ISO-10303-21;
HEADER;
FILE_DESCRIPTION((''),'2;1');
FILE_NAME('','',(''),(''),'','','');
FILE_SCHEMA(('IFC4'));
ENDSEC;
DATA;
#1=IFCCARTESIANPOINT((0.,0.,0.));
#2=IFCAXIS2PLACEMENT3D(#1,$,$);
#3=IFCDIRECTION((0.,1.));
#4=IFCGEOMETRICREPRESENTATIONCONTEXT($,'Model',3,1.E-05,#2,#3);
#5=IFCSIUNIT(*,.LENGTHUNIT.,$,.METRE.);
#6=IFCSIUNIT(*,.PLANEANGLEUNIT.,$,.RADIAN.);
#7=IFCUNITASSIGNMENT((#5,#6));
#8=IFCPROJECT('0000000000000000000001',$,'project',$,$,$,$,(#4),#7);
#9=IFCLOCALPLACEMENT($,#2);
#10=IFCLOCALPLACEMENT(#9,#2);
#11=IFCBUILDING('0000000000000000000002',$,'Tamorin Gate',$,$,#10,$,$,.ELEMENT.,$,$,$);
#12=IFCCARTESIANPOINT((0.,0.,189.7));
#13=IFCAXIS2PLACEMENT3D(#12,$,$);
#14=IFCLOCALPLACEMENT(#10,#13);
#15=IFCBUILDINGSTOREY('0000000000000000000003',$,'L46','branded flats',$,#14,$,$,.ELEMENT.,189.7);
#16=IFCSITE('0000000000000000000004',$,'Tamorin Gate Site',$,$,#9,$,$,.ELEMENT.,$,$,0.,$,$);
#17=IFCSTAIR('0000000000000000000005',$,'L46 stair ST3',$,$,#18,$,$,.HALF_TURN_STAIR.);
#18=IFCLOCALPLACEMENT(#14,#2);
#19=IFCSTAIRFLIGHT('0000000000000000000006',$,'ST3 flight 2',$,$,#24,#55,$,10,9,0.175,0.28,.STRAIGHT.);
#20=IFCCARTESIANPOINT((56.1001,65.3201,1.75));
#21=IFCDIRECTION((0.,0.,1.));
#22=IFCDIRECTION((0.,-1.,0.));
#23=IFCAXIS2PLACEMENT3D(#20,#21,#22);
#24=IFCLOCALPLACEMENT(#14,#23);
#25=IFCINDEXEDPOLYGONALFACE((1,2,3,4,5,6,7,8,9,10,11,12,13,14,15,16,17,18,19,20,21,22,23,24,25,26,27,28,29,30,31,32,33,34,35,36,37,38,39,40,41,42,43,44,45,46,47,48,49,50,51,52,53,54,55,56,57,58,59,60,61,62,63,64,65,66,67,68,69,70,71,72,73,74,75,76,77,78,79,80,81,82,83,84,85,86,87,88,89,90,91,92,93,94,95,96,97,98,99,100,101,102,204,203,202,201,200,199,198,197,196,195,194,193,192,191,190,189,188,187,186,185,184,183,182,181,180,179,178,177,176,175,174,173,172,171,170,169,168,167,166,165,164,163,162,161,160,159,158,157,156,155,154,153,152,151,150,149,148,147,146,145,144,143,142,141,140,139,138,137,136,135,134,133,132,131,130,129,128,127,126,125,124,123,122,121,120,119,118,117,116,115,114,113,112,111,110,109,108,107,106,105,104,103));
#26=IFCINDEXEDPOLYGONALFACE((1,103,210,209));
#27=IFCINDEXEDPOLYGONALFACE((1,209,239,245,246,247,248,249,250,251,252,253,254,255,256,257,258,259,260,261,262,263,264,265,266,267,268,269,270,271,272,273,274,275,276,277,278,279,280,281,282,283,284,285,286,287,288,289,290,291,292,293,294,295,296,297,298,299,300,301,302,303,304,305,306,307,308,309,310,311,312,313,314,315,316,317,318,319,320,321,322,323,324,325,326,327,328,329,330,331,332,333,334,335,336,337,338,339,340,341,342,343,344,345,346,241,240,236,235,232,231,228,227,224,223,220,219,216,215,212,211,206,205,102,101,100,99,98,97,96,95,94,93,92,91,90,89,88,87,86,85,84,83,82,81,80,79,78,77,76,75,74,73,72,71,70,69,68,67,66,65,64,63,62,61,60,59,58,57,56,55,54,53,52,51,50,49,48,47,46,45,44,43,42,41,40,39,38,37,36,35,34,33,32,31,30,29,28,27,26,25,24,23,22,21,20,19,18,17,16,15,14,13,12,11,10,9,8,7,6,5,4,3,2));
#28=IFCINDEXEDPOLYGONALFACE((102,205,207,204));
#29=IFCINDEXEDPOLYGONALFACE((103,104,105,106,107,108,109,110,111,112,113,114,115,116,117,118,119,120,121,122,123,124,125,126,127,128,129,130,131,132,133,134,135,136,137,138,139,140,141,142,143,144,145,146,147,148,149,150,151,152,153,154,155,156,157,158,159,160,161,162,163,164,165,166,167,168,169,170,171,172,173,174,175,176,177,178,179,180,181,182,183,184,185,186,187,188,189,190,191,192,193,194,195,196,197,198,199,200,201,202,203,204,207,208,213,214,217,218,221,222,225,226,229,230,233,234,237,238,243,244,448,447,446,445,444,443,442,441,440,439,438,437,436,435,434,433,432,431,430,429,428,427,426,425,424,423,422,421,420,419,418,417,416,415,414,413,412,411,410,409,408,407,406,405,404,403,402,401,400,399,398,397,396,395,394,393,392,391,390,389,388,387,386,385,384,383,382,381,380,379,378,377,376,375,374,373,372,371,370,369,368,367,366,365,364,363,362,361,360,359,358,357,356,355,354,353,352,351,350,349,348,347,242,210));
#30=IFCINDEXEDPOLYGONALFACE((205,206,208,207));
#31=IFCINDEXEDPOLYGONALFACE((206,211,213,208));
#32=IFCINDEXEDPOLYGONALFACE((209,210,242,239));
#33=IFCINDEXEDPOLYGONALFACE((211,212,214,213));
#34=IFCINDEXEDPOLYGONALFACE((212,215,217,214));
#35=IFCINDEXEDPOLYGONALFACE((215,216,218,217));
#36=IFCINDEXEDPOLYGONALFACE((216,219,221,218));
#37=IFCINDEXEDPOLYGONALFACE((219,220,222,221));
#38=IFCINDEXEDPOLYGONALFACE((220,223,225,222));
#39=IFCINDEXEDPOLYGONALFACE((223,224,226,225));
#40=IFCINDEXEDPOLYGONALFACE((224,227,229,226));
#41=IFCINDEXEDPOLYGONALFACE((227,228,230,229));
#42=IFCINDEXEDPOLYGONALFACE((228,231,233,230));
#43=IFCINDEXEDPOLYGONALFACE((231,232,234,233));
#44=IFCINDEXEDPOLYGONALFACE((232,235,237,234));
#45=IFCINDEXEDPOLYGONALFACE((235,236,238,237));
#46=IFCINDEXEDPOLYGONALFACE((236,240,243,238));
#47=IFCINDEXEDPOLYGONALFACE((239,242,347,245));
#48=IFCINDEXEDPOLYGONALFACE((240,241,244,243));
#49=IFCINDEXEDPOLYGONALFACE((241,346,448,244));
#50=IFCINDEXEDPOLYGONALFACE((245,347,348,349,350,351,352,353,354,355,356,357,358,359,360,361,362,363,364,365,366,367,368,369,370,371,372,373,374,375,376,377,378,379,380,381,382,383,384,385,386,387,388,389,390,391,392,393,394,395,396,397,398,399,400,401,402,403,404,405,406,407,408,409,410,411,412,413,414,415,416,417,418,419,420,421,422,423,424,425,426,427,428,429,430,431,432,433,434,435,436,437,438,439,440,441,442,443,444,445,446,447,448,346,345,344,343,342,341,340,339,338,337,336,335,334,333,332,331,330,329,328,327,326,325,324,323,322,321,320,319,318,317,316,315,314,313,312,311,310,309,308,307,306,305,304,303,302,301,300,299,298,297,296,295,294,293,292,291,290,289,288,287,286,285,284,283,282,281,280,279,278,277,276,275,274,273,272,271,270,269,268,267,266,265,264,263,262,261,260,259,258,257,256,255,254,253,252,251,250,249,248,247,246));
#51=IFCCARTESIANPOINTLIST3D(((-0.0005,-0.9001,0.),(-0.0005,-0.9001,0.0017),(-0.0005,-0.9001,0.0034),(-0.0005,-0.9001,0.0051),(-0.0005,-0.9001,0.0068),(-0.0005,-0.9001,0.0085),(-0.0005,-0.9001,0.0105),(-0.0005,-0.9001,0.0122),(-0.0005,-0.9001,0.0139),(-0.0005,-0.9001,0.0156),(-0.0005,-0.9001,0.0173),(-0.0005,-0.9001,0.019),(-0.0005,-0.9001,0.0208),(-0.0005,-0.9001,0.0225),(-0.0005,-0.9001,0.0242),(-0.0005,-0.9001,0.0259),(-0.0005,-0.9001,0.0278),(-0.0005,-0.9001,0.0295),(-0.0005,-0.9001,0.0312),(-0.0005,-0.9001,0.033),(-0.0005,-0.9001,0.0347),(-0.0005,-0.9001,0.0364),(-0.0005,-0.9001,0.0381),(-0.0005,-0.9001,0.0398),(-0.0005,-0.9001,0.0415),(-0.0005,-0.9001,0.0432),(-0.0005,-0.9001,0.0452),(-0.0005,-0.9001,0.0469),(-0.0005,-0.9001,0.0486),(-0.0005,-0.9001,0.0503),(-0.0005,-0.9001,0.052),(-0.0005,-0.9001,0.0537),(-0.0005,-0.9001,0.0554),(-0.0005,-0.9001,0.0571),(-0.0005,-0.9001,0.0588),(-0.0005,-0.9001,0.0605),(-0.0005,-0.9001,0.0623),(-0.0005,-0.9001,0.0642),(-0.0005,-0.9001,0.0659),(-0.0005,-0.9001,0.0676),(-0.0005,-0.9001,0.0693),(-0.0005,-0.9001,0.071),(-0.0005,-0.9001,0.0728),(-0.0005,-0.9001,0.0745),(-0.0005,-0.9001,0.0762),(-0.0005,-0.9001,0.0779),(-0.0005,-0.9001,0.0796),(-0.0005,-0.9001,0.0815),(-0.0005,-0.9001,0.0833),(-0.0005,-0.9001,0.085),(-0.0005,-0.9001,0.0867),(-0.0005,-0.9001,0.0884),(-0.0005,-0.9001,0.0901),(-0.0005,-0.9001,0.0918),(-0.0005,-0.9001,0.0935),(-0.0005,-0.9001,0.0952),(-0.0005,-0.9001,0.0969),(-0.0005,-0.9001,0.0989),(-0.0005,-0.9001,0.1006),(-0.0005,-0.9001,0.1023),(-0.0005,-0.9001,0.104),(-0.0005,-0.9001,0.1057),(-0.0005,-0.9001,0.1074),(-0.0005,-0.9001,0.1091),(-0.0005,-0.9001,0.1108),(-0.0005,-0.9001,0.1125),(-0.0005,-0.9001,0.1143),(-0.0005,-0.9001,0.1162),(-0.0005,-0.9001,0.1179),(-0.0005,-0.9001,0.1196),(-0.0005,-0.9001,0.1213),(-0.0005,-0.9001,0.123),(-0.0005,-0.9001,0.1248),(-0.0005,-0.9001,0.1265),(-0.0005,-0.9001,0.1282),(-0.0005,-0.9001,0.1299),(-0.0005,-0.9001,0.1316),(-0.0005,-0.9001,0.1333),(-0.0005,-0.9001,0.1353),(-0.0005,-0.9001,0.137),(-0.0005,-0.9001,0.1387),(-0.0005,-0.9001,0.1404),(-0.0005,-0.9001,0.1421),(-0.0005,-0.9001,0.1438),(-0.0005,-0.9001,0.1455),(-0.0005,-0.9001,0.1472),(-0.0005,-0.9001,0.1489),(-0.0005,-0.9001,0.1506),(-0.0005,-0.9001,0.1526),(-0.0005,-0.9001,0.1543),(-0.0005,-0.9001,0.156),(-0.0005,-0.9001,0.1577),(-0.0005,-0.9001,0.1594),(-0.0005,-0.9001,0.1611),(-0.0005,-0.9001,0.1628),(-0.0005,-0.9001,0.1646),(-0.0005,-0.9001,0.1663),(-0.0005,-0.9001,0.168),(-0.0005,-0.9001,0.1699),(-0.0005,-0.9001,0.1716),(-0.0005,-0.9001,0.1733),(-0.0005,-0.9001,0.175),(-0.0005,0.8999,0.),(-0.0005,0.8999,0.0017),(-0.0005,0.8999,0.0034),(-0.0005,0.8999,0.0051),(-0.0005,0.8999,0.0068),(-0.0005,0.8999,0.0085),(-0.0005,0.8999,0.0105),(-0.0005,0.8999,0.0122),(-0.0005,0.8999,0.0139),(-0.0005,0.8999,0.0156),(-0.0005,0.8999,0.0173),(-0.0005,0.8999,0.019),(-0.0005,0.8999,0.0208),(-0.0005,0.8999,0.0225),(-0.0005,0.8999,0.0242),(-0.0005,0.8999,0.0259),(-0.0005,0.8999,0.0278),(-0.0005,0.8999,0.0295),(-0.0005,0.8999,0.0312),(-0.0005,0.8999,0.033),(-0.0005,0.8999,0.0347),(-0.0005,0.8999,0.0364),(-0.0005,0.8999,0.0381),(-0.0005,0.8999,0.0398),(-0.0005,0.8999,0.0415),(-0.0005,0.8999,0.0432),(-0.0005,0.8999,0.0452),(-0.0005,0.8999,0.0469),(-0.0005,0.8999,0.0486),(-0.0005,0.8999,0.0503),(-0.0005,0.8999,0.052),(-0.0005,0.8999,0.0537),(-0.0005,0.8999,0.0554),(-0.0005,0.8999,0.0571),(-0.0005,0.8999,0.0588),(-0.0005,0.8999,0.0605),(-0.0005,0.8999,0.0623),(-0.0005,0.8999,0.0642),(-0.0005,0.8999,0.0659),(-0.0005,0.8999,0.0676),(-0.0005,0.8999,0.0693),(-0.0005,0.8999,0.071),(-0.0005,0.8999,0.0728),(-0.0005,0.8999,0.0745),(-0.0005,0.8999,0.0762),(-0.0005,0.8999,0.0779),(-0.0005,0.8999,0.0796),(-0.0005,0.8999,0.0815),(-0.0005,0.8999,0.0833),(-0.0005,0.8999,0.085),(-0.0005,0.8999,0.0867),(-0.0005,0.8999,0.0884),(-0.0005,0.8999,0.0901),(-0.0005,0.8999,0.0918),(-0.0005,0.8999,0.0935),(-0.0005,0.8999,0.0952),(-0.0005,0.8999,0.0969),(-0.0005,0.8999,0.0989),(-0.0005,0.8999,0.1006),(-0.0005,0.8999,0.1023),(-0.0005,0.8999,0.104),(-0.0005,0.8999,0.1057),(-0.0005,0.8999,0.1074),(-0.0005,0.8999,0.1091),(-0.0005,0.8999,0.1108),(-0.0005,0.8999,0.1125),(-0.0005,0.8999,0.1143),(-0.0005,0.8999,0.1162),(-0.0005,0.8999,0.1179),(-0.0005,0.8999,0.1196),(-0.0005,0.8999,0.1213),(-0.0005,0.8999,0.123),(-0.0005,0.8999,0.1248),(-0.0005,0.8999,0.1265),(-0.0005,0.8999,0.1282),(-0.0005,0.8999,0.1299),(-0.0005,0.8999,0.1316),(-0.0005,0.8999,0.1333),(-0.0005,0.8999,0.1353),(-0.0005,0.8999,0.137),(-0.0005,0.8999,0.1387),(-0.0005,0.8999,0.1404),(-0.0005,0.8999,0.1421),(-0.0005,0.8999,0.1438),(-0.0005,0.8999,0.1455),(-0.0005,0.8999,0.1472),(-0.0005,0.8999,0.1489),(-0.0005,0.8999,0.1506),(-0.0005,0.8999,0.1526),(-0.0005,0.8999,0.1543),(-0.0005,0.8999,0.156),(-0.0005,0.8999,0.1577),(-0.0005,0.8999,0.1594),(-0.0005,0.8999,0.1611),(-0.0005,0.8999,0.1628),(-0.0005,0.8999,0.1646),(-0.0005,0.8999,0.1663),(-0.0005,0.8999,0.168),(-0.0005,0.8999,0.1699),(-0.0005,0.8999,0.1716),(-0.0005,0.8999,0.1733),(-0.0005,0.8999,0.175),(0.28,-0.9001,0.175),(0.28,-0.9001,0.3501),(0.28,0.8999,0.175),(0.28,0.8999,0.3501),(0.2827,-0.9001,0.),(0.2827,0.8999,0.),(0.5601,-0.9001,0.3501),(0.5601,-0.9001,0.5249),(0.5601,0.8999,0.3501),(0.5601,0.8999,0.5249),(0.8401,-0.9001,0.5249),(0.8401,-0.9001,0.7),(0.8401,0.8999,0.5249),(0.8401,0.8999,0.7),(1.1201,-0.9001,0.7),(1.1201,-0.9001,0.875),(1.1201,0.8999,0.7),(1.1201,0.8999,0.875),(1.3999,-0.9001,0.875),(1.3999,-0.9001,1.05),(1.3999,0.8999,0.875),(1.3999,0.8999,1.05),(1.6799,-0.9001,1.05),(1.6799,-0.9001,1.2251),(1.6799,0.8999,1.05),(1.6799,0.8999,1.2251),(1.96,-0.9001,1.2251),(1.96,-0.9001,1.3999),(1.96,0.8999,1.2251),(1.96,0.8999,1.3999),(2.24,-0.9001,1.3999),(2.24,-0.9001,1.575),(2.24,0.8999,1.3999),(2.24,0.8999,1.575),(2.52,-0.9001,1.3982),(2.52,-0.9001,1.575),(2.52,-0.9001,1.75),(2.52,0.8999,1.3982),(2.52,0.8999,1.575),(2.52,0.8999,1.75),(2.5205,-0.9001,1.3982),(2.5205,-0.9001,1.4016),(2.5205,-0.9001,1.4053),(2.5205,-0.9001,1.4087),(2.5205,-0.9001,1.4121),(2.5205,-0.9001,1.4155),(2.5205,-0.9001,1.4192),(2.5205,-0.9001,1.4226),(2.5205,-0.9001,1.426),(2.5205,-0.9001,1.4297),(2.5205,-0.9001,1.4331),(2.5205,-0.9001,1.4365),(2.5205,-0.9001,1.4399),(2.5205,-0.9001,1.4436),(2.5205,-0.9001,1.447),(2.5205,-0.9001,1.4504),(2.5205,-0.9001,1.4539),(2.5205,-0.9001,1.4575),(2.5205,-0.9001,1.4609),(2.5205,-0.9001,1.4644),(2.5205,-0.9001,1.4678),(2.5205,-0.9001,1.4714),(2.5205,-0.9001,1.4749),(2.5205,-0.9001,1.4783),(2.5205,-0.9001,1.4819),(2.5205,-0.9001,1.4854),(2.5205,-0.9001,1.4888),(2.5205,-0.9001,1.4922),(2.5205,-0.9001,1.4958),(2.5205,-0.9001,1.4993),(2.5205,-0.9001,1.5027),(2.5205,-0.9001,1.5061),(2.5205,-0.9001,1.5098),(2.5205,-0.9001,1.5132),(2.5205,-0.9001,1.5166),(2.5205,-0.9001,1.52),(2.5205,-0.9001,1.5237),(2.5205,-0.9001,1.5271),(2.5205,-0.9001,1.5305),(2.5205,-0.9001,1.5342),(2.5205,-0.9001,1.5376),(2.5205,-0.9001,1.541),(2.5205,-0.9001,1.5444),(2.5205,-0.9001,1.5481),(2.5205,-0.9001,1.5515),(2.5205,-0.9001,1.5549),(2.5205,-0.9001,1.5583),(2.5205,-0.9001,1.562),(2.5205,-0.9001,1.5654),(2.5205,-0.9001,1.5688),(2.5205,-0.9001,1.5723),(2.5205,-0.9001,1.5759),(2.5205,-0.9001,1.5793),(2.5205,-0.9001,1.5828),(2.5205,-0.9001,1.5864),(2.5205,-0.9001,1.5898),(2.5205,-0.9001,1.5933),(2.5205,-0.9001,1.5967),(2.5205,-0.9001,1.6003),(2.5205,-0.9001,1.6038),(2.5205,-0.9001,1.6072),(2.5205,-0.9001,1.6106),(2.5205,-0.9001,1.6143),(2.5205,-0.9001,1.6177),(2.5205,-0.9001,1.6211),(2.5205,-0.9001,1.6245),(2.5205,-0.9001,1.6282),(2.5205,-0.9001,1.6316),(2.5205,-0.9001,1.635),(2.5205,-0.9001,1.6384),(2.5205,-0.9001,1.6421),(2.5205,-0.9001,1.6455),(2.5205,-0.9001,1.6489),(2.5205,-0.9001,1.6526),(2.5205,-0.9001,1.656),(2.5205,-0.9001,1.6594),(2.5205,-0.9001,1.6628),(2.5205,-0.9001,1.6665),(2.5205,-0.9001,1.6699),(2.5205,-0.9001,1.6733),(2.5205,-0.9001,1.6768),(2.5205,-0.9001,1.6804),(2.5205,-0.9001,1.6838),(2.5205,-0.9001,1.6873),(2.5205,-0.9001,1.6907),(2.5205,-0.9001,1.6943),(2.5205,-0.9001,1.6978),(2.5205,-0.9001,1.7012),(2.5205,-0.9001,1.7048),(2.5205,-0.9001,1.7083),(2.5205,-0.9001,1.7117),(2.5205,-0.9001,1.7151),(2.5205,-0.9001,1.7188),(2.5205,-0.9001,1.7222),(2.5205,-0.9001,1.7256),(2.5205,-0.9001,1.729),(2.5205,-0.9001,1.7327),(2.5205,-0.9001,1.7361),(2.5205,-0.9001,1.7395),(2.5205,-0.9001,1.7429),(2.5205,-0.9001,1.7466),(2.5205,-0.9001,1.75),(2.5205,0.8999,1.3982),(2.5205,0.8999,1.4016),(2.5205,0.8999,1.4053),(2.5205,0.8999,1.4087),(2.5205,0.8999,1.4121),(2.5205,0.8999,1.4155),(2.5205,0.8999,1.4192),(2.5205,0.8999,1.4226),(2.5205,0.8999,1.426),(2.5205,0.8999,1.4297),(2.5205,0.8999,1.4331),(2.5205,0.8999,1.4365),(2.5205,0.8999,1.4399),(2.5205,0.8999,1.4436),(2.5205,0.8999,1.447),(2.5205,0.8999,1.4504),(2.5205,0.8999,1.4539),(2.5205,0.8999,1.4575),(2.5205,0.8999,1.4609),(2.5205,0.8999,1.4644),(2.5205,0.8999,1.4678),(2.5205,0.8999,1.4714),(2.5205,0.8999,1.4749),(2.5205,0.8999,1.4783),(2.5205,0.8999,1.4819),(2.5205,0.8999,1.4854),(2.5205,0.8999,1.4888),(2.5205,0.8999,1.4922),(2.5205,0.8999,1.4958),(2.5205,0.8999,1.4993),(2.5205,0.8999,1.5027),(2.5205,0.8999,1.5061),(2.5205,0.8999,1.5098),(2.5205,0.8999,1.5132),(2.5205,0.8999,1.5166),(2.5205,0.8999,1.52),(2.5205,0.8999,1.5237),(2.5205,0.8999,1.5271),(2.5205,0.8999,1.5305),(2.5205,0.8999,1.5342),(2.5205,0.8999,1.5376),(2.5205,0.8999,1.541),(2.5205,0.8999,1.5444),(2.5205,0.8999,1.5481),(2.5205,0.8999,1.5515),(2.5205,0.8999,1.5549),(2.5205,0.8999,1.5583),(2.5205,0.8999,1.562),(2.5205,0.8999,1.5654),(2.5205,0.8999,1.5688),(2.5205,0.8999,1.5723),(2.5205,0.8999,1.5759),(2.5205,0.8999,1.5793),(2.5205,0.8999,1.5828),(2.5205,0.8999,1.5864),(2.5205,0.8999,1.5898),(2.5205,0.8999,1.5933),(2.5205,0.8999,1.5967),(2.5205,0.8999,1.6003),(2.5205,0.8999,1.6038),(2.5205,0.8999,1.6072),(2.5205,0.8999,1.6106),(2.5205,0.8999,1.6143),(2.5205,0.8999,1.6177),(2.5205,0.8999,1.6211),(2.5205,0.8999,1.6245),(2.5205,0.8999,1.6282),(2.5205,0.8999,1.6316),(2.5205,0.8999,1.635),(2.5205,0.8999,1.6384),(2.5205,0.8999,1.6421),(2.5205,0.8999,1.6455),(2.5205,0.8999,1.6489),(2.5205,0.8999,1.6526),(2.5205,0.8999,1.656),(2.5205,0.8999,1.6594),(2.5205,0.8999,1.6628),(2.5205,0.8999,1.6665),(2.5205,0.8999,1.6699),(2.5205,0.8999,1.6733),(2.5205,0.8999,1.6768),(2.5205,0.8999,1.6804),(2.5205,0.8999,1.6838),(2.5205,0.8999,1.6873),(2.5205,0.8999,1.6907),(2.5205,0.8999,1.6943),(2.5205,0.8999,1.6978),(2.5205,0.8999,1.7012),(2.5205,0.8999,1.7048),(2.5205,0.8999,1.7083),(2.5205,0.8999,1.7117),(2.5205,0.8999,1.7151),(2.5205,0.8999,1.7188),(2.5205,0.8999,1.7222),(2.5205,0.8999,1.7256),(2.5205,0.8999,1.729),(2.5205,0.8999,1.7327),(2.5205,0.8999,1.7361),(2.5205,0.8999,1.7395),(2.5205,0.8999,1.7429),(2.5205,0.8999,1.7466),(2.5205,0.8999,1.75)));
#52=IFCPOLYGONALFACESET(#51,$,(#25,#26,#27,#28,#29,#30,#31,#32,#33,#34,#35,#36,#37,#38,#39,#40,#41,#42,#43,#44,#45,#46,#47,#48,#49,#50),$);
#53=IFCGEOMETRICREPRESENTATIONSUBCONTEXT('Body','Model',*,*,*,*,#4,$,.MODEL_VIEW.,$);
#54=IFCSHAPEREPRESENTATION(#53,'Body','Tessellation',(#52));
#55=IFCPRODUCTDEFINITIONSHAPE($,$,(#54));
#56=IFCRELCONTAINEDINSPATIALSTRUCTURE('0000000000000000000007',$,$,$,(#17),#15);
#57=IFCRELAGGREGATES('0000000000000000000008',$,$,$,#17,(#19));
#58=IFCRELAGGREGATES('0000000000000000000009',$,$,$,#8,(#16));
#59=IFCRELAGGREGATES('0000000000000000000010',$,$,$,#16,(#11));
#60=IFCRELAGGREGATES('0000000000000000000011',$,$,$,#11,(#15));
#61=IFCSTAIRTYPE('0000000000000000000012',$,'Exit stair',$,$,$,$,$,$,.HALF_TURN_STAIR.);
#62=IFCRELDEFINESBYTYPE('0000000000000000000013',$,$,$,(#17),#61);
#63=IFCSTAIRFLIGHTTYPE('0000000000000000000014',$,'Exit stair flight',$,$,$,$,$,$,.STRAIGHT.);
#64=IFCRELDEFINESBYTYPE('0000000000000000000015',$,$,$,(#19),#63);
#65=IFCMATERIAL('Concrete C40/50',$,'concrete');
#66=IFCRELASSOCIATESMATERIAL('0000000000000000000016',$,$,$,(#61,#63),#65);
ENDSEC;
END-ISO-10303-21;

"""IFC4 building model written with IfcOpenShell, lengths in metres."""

from ifc_helpers import new_model, si_unit, direction, frame, origin, place, context, subcontext, project, spatial, polyline, outline, extrude, material, type_object, element, aggregate, save


model = new_model("IFC4")

# Units and contexts
model_context = context("Model", 3, precision=1e-05, world=origin(), true_north=direction((0.0, 1.0)))
body_context = subcontext(model_context, "Body", "Model", "MODEL_VIEW")
ifc_project = project(units=[si_unit("LENGTHUNIT", "METRE"), si_unit("PLANEANGLEUNIT", "RADIAN")], contexts=[model_context])

# Site, building, storey
site_placement = place(None, origin())
site = spatial("IfcSite", under=ifc_project, at=site_placement, Name="Tamorin Gate Site", CompositionType="ELEMENT", RefElevation=0.0)
building_placement = place(site_placement, origin())
building = spatial("IfcBuilding", under=site, at=building_placement, Name="Tamorin Gate", CompositionType="ELEMENT")
storey_placement = place(building_placement, frame((0.0, 0.0, 189.7)))
storey = spatial("IfcBuildingStorey", under=building, at=storey_placement, Name="L46", Description="branded flats", CompositionType="ELEMENT", Elevation=189.7)

# Stair, stair flight
ifc_material_1 = material(Name="Concrete C40/50", Category="concrete")
stair_type = type_object("IfcStairType", Name="Exit stair", PredefinedType="HALF_TURN_STAIR", material=ifc_material_1)
stair_placement = place(storey_placement, origin())
stair = element("IfcStair", 1, at=stair_placement, inside=storey, type_object=stair_type, Name="L46 stair ST3", PredefinedType="HALF_TURN_STAIR")
stair_flight_type = type_object("IfcStairFlightType", Name="Exit stair flight", PredefinedType="STRAIGHT", material=ifc_material_1)
stair_flight_1_placement = place(storey_placement, frame((56.1001, 65.3201, 1.75), z_axis=(0.0, 0.0, 1.0), x_axis=(0.0, -1.0, 0.0)))
stair_flight_1 = element("IfcStairFlight", 2, at=stair_flight_1_placement, type_object=stair_flight_type, Name="ST3 flight 2", NumberOfRisers=10, NumberOfTreads=9, PredefinedType="STRAIGHT", RiserHeight=0.175, TreadLength=0.28, context=body_context, shape_type="SweptSolid", body=[
    extrude(outline(polyline([(-0.0005, 0.0), (-0.0005, 0.0017), (-0.0005, 0.0034), (-0.0005, 0.0051), (-0.0005, 0.0068), (-0.0005, 0.0085), (-0.0005, 0.0105), (-0.0005, 0.0122), (-0.0005, 0.0139), (-0.0005, 0.0156), (-0.0005, 0.0173), (-0.0005, 0.019), (-0.0005, 0.0208), (-0.0005, 0.0225), (-0.0005, 0.0242), (-0.0005, 0.0259), (-0.0005, 0.0278), (-0.0005, 0.0295), (-0.0005, 0.0312), (-0.0005, 0.033), (-0.0005, 0.0347), (-0.0005, 0.0364), (-0.0005, 0.0381), (-0.0005, 0.0398), (-0.0005, 0.0415), (-0.0005, 0.0432), (-0.0005, 0.0452), (-0.0005, 0.0469), (-0.0005, 0.0486), (-0.0005, 0.0503), (-0.0005, 0.052), (-0.0005, 0.0537), (-0.0005, 0.0554), (-0.0005, 0.0571), (-0.0005, 0.0588), (-0.0005, 0.0605), (-0.0005, 0.0623), (-0.0005, 0.0642), (-0.0005, 0.0659), (-0.0005, 0.0676), (-0.0005, 0.0693), (-0.0005, 0.071), (-0.0005, 0.0728), (-0.0005, 0.0745), (-0.0005, 0.0762), (-0.0005, 0.0779), (-0.0005, 0.0796), (-0.0005, 0.0815), (-0.0005, 0.0833), (-0.0005, 0.085), (-0.0005, 0.0867), (-0.0005, 0.0884), (-0.0005, 0.0901), (-0.0005, 0.0918), (-0.0005, 0.0935), (-0.0005, 0.0952), (-0.0005, 0.0969), (-0.0005, 0.0989), (-0.0005, 0.1006), (-0.0005, 0.1023), (-0.0005, 0.104), (-0.0005, 0.1057), (-0.0005, 0.1074), (-0.0005, 0.1091), (-0.0005, 0.1108), (-0.0005, 0.1125), (-0.0005, 0.1143), (-0.0005, 0.1162), (-0.0005, 0.1179), (-0.0005, 0.1196), (-0.0005, 0.1213), (-0.0005, 0.123), (-0.0005, 0.1248), (-0.0005, 0.1265), (-0.0005, 0.1282), (-0.0005, 0.1299), (-0.0005, 0.1316), (-0.0005, 0.1333), (-0.0005, 0.1353), (-0.0005, 0.137), (-0.0005, 0.1387), (-0.0005, 0.1404), (-0.0005, 0.1421), (-0.0005, 0.1438), (-0.0005, 0.1455), (-0.0005, 0.1472), (-0.0005, 0.1489), (-0.0005, 0.1506), (-0.0005, 0.1526), (-0.0005, 0.1543), (-0.0005, 0.156), (-0.0005, 0.1577), (-0.0005, 0.1594), (-0.0005, 0.1611), (-0.0005, 0.1628), (-0.0005, 0.1646), (-0.0005, 0.1663), (-0.0005, 0.168), (-0.0005, 0.1699), (-0.0005, 0.1716), (-0.0005, 0.1733), (-0.0005, 0.175), (0.28, 0.175), (0.28, 0.3501), (0.5601, 0.3501), (0.5601, 0.5249), (0.8401, 0.5249), (0.8401, 0.7), (1.1201, 0.7), (1.1201, 0.875), (1.3999, 0.875), (1.3999, 1.05), (1.6799, 1.05), (1.6799, 1.2251), (1.96, 1.2251), (1.96, 1.3999), (2.24, 1.3999), (2.24, 1.575), (2.52, 1.575), (2.52, 1.75), (2.5205, 1.75), (2.5205, 1.7466), (2.5205, 1.7429), (2.5205, 1.7395), (2.5205, 1.7361), (2.5205, 1.7327), (2.5205, 1.729), (2.5205, 1.7256), (2.5205, 1.7222), (2.5205, 1.7188), (2.5205, 1.7151), (2.5205, 1.7117), (2.5205, 1.7083), (2.5205, 1.7048), (2.5205, 1.7012), (2.5205, 1.6978), (2.5205, 1.6943), (2.5205, 1.6907), (2.5205, 1.6873), (2.5205, 1.6838), (2.5205, 1.6804), (2.5205, 1.6768), (2.5205, 1.6733), (2.5205, 1.6699), (2.5205, 1.6665), (2.5205, 1.6628), (2.5205, 1.6594), (2.5205, 1.656), (2.5205, 1.6526), (2.5205, 1.6489), (2.5205, 1.6455), (2.5205, 1.6421), (2.5205, 1.6384), (2.5205, 1.635), (2.5205, 1.6316), (2.5205, 1.6282), (2.5205, 1.6245), (2.5205, 1.6211), (2.5205, 1.6177), (2.5205, 1.6143), (2.5205, 1.6106), (2.5205, 1.6072), (2.5205, 1.6038), (2.5205, 1.6003), (2.5205, 1.5967), (2.5205, 1.5933), (2.5205, 1.5898), (2.5205, 1.5864), (2.5205, 1.5828), (2.5205, 1.5793), (2.5205, 1.5759), (2.5205, 1.5723), (2.5205, 1.5688), (2.5205, 1.5654), (2.5205, 1.562), (2.5205, 1.5583), (2.5205, 1.5549), (2.5205, 1.5515), (2.5205, 1.5481), (2.5205, 1.5444), (2.5205, 1.541), (2.5205, 1.5376), (2.5205, 1.5342), (2.5205, 1.5305), (2.5205, 1.5271), (2.5205, 1.5237), (2.5205, 1.52), (2.5205, 1.5166), (2.5205, 1.5132), (2.5205, 1.5098), (2.5205, 1.5061), (2.5205, 1.5027), (2.5205, 1.4993), (2.5205, 1.4958), (2.5205, 1.4922), (2.5205, 1.4888), (2.5205, 1.4854), (2.5205, 1.4819), (2.5205, 1.4783), (2.5205, 1.4749), (2.5205, 1.4714), (2.5205, 1.4678), (2.5205, 1.4644), (2.5205, 1.4609), (2.5205, 1.4575), (2.5205, 1.4539), (2.5205, 1.4504), (2.5205, 1.447), (2.5205, 1.4436), (2.5205, 1.4399), (2.5205, 1.4365), (2.5205, 1.4331), (2.5205, 1.4297), (2.5205, 1.426), (2.5205, 1.4226), (2.5205, 1.4192), (2.5205, 1.4155), (2.5205, 1.4121), (2.5205, 1.4087), (2.5205, 1.4053), (2.5205, 1.4016), (2.5205, 1.3982), (2.52, 1.3982), (0.2827, 0.0), (-0.0005, 0.0)])), frame((0.0, 0.8999, 0.0), z_axis=(0.0, -1.0, 0.0), x_axis=(1.0, 0.0, 0.0)), (0.0, 0.0, 1.0), 1.8),
])
aggregate(stair, [stair_flight_1])

save(model, "model.ifc")
